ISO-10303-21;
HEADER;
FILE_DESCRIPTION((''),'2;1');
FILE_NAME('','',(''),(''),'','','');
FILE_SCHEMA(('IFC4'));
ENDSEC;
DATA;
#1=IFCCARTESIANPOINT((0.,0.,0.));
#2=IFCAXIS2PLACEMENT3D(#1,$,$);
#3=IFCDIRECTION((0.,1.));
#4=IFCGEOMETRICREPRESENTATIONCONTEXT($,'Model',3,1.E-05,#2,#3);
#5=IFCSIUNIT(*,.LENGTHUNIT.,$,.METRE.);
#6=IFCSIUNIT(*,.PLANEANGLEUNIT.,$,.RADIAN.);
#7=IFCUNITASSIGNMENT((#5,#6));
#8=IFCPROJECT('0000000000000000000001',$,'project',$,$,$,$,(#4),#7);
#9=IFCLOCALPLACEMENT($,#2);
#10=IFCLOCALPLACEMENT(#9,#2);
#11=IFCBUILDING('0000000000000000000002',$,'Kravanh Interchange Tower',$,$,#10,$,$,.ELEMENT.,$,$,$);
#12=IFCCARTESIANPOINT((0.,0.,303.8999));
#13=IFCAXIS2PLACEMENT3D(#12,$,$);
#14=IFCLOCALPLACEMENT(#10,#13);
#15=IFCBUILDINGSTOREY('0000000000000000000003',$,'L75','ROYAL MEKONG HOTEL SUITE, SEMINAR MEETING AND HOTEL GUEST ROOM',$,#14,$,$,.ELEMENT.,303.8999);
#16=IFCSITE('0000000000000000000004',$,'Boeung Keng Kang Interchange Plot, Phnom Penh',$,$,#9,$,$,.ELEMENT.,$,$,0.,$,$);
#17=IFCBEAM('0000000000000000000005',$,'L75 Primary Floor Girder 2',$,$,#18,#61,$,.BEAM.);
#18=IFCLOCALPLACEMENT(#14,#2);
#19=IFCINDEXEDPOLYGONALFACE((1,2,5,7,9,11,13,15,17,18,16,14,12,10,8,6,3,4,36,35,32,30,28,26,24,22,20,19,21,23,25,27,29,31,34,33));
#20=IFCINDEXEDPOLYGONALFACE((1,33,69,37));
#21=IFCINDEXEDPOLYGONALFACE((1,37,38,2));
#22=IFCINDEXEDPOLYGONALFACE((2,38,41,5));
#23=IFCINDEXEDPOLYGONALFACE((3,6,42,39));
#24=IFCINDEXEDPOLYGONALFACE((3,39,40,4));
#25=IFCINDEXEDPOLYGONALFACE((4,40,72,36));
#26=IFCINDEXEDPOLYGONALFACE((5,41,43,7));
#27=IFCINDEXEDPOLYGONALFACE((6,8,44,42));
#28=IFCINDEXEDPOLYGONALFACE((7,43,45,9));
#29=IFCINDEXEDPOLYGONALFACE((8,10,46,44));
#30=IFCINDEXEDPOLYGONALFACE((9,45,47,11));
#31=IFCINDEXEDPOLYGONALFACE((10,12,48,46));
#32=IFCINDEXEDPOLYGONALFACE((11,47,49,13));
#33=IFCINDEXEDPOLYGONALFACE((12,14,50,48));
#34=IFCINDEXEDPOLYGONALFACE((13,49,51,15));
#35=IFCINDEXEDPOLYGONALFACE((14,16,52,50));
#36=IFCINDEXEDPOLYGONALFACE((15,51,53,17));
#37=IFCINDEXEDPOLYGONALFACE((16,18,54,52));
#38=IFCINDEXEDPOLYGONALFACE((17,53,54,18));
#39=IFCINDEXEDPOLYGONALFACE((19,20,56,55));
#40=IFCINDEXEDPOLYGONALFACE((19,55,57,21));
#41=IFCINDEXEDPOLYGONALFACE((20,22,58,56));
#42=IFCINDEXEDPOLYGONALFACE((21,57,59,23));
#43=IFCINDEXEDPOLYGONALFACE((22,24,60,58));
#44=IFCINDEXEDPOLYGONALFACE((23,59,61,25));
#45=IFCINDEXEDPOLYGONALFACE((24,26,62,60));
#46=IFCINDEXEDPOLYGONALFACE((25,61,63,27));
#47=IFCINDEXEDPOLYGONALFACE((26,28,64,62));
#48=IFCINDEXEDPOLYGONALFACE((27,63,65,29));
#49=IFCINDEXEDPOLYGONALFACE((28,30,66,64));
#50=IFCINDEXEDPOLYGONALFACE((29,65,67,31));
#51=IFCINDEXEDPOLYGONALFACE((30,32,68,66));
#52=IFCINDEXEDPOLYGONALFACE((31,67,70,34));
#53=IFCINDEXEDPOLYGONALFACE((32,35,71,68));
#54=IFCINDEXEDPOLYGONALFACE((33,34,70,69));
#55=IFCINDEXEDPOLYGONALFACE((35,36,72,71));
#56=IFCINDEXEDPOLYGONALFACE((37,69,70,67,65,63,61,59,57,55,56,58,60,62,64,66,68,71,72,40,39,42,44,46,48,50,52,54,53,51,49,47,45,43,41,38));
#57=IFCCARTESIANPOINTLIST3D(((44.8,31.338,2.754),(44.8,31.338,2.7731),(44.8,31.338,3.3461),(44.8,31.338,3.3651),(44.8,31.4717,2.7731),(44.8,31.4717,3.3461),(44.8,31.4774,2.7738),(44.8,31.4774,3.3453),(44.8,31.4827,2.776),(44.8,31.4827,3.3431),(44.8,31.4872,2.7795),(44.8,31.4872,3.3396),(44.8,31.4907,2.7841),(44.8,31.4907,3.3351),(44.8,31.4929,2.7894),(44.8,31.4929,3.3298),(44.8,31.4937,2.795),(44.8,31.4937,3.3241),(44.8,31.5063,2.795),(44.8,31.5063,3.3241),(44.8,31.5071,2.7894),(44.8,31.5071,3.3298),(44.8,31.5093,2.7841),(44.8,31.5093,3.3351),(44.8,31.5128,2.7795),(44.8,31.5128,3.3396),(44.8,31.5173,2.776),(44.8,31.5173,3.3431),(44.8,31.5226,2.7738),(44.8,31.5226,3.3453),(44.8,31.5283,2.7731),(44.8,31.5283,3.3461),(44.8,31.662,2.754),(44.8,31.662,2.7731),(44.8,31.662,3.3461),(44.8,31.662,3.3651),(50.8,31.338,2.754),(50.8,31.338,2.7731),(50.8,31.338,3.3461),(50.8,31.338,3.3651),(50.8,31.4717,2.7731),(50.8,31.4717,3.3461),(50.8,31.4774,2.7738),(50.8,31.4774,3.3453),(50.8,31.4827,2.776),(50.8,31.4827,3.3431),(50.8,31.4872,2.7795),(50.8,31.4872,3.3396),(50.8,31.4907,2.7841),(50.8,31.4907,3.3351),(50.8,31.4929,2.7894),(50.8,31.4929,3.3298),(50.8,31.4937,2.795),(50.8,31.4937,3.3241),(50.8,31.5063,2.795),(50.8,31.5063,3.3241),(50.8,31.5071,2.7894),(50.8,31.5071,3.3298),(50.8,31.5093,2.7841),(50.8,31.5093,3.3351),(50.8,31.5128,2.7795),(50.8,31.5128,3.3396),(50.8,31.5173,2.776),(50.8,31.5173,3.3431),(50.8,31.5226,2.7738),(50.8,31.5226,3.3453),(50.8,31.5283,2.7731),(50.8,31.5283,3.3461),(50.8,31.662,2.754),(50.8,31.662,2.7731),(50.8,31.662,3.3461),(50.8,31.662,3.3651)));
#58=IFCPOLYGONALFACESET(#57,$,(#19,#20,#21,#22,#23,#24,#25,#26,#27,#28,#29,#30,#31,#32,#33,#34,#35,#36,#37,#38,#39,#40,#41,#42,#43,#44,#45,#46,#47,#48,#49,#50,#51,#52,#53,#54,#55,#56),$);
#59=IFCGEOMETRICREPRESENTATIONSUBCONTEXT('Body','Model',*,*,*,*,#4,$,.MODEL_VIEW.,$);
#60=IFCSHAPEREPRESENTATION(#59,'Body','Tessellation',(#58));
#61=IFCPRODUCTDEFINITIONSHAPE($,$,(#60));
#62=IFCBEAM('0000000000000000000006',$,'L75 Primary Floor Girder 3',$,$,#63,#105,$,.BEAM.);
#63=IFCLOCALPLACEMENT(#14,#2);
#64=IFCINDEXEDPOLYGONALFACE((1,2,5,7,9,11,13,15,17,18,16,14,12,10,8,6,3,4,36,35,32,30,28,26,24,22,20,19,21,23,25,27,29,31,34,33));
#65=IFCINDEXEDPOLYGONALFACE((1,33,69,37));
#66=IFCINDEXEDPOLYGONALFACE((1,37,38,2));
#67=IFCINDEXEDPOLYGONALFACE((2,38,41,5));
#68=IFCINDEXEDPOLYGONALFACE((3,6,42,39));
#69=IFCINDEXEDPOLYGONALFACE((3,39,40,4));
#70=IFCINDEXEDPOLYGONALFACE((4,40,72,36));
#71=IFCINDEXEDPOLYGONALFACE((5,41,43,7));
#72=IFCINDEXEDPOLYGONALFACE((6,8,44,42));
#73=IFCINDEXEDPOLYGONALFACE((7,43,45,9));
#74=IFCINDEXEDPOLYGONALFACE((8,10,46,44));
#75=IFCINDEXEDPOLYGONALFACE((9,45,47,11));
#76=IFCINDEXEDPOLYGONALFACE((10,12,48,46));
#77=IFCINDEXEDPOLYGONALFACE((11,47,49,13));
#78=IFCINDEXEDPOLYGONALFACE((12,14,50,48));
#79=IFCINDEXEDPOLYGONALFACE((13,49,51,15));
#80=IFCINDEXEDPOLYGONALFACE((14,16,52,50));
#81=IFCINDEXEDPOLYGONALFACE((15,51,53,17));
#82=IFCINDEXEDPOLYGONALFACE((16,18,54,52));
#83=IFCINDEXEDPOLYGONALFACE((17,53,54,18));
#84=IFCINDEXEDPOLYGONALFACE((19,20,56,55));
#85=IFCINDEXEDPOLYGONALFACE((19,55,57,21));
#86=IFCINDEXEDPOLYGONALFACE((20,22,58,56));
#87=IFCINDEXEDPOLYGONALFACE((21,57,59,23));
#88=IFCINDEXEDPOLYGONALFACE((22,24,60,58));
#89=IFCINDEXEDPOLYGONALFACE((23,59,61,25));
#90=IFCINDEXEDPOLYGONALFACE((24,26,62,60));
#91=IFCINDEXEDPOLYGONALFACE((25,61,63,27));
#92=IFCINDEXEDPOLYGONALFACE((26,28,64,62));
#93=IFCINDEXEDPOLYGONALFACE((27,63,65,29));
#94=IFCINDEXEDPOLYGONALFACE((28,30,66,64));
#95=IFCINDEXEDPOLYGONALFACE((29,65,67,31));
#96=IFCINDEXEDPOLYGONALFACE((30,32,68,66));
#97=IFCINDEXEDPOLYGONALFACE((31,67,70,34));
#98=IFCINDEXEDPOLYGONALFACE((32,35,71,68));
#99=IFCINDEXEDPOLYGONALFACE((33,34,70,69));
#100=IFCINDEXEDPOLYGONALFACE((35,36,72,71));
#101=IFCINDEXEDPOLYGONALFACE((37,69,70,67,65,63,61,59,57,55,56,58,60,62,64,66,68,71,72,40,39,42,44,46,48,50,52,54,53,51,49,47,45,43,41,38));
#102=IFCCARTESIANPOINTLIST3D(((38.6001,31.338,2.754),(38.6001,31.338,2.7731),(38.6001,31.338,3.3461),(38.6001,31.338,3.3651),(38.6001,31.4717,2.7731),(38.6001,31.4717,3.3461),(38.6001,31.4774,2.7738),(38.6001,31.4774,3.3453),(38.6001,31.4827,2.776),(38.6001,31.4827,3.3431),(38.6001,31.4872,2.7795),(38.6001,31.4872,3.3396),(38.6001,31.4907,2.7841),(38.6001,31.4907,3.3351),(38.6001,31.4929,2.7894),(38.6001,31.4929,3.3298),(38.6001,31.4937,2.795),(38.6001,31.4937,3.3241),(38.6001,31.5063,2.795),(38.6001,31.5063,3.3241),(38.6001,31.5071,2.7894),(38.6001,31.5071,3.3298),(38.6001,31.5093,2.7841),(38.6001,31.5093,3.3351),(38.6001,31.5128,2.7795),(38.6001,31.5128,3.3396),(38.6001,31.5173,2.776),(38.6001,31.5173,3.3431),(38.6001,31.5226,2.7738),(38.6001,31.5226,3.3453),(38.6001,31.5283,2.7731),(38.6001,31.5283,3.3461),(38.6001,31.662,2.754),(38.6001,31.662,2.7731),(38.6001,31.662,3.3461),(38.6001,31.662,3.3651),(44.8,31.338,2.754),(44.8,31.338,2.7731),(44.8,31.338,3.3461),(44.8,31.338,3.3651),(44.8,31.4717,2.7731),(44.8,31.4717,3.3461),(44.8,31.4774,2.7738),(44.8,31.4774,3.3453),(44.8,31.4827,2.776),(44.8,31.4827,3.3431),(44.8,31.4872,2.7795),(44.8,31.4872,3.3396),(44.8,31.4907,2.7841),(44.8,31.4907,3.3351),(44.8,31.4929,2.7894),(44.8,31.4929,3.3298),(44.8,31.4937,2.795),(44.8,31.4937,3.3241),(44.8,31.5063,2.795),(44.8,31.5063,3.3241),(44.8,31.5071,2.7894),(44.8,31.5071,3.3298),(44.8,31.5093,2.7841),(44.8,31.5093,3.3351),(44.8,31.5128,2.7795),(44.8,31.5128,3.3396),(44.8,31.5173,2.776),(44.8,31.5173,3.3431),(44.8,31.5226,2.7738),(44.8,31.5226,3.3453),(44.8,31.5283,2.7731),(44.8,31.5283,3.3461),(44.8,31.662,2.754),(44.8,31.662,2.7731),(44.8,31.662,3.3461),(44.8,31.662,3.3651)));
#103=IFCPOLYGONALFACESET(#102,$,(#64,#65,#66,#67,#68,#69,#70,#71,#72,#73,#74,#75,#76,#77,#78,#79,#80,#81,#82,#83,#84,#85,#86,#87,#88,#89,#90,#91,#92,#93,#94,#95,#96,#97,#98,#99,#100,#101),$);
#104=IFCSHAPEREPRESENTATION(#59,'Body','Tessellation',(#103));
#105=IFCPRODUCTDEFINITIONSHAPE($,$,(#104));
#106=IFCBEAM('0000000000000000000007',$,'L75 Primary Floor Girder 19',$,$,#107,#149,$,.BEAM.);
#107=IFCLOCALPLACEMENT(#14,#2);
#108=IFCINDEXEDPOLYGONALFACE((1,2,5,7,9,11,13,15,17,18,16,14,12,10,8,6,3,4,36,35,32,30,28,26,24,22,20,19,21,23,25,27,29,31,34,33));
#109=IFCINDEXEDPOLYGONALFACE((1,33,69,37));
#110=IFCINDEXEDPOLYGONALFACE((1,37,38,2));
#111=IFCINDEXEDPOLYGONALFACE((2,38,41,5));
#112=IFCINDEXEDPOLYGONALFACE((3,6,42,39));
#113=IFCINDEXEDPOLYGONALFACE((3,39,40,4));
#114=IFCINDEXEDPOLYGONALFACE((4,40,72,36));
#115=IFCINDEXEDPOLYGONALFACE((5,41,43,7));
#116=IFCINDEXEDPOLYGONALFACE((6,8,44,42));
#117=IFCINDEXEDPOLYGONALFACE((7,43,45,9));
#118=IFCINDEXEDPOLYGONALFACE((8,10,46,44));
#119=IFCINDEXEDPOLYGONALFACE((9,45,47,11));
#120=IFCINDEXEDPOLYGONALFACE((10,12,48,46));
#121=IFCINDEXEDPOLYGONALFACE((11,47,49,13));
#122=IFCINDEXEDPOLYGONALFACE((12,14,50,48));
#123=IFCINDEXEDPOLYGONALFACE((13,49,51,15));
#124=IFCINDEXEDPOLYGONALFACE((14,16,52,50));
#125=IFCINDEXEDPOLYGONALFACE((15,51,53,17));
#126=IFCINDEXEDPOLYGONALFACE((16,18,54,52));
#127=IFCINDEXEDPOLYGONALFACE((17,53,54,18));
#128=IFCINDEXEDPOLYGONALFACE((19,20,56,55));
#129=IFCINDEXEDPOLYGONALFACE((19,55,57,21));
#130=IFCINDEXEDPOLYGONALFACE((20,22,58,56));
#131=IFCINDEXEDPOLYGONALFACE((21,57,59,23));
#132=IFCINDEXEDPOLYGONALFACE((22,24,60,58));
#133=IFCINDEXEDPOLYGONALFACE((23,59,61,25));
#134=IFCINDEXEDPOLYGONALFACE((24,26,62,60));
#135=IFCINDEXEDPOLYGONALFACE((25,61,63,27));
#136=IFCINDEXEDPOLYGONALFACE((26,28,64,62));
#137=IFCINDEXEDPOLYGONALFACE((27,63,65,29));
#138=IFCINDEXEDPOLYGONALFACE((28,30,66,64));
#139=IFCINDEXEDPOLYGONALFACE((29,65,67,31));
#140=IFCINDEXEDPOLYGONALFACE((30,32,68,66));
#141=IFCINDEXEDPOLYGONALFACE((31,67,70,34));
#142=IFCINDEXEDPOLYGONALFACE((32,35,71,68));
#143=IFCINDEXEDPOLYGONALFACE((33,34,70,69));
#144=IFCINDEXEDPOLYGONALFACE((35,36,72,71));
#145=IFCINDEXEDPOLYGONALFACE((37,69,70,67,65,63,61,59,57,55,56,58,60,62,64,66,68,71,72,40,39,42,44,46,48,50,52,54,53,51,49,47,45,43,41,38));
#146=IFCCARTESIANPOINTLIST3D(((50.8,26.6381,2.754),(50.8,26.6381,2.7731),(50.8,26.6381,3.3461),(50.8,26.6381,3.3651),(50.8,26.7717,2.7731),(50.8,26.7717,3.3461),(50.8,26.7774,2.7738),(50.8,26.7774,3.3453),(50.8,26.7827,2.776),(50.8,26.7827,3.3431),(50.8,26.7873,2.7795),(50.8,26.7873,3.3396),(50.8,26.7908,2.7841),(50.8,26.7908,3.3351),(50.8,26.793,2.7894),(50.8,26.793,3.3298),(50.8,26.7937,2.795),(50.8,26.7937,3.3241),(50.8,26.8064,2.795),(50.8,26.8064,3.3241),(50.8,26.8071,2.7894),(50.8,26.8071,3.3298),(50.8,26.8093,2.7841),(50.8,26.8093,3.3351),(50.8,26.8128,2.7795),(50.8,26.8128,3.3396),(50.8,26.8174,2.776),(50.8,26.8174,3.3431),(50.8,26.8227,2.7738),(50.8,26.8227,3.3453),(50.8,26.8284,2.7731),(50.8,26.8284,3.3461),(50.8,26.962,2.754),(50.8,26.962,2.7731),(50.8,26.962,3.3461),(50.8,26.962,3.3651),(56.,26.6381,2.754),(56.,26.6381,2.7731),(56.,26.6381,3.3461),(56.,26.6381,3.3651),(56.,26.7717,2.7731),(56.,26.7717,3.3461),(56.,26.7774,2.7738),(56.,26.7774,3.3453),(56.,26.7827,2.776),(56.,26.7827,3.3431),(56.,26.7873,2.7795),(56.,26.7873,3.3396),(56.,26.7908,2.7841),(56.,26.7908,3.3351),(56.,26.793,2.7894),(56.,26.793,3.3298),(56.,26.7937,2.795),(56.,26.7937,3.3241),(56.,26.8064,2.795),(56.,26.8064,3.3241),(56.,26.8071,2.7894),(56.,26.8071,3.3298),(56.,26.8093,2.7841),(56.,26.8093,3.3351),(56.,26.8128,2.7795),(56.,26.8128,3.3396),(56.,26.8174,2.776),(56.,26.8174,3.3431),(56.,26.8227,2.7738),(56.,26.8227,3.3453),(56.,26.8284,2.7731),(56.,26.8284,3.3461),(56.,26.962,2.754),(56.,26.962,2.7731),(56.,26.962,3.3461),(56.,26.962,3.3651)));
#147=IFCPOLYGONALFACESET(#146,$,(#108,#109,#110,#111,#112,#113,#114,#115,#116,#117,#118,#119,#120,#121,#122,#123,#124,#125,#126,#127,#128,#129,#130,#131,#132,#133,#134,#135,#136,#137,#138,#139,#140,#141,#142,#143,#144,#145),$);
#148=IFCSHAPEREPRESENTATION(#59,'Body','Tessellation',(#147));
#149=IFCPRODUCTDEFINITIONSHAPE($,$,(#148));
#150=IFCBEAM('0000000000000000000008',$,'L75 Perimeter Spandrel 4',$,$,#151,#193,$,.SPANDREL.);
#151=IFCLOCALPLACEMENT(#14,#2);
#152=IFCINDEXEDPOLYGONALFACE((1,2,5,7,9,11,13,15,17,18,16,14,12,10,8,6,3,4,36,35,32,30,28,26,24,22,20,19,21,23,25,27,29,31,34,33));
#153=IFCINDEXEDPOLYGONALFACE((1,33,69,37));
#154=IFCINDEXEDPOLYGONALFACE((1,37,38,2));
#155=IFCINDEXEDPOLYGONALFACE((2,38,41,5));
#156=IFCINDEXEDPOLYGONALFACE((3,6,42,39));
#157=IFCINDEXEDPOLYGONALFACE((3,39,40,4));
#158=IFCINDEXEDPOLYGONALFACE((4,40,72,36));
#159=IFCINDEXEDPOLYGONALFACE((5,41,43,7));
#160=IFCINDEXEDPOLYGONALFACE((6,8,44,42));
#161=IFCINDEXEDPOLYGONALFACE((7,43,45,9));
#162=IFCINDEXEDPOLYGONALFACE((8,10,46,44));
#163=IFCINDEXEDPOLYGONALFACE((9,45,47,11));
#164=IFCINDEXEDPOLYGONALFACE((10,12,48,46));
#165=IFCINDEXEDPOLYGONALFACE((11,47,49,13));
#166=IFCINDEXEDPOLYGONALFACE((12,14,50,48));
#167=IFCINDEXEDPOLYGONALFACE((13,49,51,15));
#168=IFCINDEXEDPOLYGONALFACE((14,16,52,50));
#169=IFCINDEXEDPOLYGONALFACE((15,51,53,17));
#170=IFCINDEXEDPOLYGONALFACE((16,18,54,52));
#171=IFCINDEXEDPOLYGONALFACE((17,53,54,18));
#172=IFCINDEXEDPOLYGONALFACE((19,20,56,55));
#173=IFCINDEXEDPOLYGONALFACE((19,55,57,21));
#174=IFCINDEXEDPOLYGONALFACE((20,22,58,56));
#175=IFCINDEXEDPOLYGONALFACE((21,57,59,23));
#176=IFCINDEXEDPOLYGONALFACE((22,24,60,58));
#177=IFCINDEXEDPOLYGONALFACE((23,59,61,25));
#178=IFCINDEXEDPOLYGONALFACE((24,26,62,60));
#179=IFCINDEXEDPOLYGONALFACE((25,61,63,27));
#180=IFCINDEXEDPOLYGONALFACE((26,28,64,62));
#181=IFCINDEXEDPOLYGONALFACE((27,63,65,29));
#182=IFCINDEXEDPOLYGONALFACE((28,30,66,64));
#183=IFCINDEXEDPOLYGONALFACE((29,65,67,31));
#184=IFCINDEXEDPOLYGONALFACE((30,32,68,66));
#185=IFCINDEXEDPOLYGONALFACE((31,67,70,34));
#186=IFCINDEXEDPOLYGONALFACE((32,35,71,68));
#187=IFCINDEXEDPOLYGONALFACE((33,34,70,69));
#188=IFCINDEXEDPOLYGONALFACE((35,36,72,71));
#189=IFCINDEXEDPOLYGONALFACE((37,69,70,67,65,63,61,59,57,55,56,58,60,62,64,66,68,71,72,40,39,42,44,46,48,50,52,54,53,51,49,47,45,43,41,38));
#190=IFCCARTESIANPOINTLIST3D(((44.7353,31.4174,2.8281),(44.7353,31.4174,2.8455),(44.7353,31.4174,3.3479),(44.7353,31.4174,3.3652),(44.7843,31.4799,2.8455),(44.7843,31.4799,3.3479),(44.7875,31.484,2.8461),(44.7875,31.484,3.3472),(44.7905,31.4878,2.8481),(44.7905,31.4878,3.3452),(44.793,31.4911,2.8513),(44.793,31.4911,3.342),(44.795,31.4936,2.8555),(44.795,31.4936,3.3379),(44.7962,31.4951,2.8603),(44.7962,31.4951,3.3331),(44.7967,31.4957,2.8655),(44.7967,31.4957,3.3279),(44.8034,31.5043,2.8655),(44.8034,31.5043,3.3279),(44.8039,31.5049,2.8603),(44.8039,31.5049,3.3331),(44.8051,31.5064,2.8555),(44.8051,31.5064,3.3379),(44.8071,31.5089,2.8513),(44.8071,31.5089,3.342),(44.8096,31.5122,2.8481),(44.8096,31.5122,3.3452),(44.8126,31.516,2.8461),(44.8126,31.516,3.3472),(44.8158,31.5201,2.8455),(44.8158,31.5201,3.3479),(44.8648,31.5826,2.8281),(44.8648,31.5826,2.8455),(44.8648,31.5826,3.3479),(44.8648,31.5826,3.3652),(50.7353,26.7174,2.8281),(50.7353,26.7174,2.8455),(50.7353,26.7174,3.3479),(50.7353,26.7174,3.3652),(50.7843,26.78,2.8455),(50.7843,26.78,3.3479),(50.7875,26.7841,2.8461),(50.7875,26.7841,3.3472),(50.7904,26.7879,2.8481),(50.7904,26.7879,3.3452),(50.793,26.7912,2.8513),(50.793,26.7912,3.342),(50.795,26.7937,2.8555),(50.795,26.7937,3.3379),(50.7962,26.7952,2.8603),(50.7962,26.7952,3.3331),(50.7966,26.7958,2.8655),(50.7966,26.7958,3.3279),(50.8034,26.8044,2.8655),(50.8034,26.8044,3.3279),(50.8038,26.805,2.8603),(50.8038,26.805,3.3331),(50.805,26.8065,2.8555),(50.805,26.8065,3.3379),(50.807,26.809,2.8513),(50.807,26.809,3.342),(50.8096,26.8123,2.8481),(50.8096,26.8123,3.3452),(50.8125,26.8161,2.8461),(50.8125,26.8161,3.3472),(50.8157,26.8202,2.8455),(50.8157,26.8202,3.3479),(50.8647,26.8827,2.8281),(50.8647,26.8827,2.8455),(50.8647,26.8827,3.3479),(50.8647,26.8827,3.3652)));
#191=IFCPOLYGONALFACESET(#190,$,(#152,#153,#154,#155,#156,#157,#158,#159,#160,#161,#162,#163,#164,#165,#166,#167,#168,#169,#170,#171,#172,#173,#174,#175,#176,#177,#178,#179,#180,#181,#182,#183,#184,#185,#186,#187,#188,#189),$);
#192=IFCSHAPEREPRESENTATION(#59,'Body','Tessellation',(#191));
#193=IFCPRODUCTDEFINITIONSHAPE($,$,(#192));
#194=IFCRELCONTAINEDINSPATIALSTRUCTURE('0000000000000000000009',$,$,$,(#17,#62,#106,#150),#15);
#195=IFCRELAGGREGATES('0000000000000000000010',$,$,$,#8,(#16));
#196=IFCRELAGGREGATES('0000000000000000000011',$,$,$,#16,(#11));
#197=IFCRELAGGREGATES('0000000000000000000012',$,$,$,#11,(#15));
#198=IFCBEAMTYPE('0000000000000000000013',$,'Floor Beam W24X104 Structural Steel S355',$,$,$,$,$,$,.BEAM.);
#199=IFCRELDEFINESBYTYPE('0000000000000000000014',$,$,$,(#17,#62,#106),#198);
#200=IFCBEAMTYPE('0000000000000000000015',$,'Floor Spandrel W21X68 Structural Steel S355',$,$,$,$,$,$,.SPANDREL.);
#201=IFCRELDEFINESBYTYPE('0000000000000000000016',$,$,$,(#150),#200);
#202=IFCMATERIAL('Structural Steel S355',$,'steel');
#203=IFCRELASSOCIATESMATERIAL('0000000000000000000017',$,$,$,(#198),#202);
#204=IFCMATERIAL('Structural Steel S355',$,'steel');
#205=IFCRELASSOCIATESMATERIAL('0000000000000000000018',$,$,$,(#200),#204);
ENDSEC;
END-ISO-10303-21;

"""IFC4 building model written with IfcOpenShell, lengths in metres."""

from ifc_helpers import new_model, si_unit, direction, frame, origin, origin_2d, place, context, subcontext, project, spatial, i_section, extrude, material, material_profile, profile_set, type_object, element, save


model = new_model("IFC4")

# Units and contexts
model_context = context("Model", 3, precision=1e-05, world=origin(), true_north=direction((0.0, 1.0)))
body_context = subcontext(model_context, "Body", "Model", "MODEL_VIEW")
ifc_project = project(units=[si_unit("LENGTHUNIT", "METRE"), si_unit("PLANEANGLEUNIT", "RADIAN")], contexts=[model_context])

# Site, building, storey
site_placement = place(None, origin())
site = spatial("IfcSite", under=ifc_project, at=site_placement, Name="Boeung Keng Kang Interchange Plot, Phnom Penh", CompositionType="ELEMENT", RefElevation=0.0)
building_placement = place(site_placement, origin())
building = spatial("IfcBuilding", under=site, at=building_placement, Name="Kravanh Interchange Tower", CompositionType="ELEMENT")
storey_placement = place(building_placement, frame((0.0, 0.0, 303.8999)))
storey = spatial("IfcBuildingStorey", under=building, at=storey_placement, Name="L75", Description="ROYAL MEKONG HOTEL SUITE, SEMINAR MEETING AND HOTEL GUEST ROOM", CompositionType="ELEMENT", Elevation=303.8999)

# Beams
ifc_material_1 = material(Name="Structural Steel S355", Category="steel")
ifc_material_profile_1 = material_profile(ifc_material_1, i_section(OverallWidth=0.324, OverallDepth=0.6111, WebThickness=0.0127, FlangeThickness=0.019, FilletRadius=0.022, at=origin_2d()), Name="W24X104")
ifc_profile_set_1 = profile_set([ifc_material_profile_1], Name="Structural Steel S355")
beam_type_1 = type_object("IfcBeamType", Name="Floor Beam W24X104 Structural Steel S355", PredefinedType="BEAM", material=ifc_profile_set_1)
beam_1_placement = place(storey_placement, frame((44.8, 31.5, 3.0596), z_axis=(1.0, 0.0, 0.0), x_axis=(0.0, 1.0, 0.0)))
element("IfcBeam", 1, at=beam_1_placement, inside=storey, type_object=beam_type_1, Name="L75 Primary Floor Girder 2", PredefinedType="BEAM", context=body_context, shape_type="SweptSolid", body=[
    extrude(i_section(OverallWidth=0.324, OverallDepth=0.6111, WebThickness=0.0127, FlangeThickness=0.019, FilletRadius=0.022, at=origin_2d()), origin(), (0.0, 0.0, 1.0), 6.0),
])
beam_2_placement = place(storey_placement, frame((44.8, 31.5, 3.0596), z_axis=(-1.0, 0.0, 0.0), x_axis=(0.0, -1.0, 0.0)))
element("IfcBeam", 2, at=beam_2_placement, inside=storey, type_object=beam_type_1, Name="L75 Primary Floor Girder 3", PredefinedType="BEAM", context=body_context, shape_type="SweptSolid", body=[
    extrude(i_section(OverallWidth=0.324, OverallDepth=0.6111, WebThickness=0.0127, FlangeThickness=0.019, FilletRadius=0.022, at=origin_2d()), origin(), (0.0, 0.0, 1.0), 6.2),
])
beam_3_placement = place(storey_placement, frame((50.8, 26.8, 3.0596), z_axis=(1.0, 0.0, 0.0), x_axis=(0.0, 1.0, 0.0)))
element("IfcBeam", 3, at=beam_3_placement, inside=storey, type_object=beam_type_1, Name="L75 Primary Floor Girder 19", PredefinedType="BEAM", context=body_context, shape_type="SweptSolid", body=[
    extrude(i_section(OverallWidth=0.324, OverallDepth=0.6111, WebThickness=0.0127, FlangeThickness=0.019, FilletRadius=0.022, at=origin_2d()), origin(), (0.0, 0.0, 1.0), 5.2),
])
ifc_material_2 = material(Name="Structural Steel S355", Category="steel")
ifc_material_profile_2 = material_profile(ifc_material_2, i_section(OverallWidth=0.21, OverallDepth=0.5371, WebThickness=0.011, FlangeThickness=0.0173, FilletRadius=0.02, at=origin_2d()), Name="W21X68")
ifc_profile_set_2 = profile_set([ifc_material_profile_2], Name="Structural Steel S355")
beam_type_2 = type_object("IfcBeamType", Name="Floor Spandrel W21X68 Structural Steel S355", PredefinedType="SPANDREL", material=ifc_profile_set_2)
beam_4_placement = place(storey_placement, frame((44.8, 31.5, 3.0967), z_axis=(0.787231, -0.616658, 0.0), x_axis=(0.616658, 0.787231, 0.0)))
element("IfcBeam", 4, at=beam_4_placement, inside=storey, type_object=beam_type_2, Name="L75 Perimeter Spandrel 4", PredefinedType="SPANDREL", context=body_context, shape_type="SweptSolid", body=[
    extrude(i_section(OverallWidth=0.21, OverallDepth=0.5371, WebThickness=0.011, FlangeThickness=0.0173, FilletRadius=0.02, at=origin_2d()), origin(), (0.0, 0.0, 1.0), 7.6216),
])

save(model, "model.ifc")
